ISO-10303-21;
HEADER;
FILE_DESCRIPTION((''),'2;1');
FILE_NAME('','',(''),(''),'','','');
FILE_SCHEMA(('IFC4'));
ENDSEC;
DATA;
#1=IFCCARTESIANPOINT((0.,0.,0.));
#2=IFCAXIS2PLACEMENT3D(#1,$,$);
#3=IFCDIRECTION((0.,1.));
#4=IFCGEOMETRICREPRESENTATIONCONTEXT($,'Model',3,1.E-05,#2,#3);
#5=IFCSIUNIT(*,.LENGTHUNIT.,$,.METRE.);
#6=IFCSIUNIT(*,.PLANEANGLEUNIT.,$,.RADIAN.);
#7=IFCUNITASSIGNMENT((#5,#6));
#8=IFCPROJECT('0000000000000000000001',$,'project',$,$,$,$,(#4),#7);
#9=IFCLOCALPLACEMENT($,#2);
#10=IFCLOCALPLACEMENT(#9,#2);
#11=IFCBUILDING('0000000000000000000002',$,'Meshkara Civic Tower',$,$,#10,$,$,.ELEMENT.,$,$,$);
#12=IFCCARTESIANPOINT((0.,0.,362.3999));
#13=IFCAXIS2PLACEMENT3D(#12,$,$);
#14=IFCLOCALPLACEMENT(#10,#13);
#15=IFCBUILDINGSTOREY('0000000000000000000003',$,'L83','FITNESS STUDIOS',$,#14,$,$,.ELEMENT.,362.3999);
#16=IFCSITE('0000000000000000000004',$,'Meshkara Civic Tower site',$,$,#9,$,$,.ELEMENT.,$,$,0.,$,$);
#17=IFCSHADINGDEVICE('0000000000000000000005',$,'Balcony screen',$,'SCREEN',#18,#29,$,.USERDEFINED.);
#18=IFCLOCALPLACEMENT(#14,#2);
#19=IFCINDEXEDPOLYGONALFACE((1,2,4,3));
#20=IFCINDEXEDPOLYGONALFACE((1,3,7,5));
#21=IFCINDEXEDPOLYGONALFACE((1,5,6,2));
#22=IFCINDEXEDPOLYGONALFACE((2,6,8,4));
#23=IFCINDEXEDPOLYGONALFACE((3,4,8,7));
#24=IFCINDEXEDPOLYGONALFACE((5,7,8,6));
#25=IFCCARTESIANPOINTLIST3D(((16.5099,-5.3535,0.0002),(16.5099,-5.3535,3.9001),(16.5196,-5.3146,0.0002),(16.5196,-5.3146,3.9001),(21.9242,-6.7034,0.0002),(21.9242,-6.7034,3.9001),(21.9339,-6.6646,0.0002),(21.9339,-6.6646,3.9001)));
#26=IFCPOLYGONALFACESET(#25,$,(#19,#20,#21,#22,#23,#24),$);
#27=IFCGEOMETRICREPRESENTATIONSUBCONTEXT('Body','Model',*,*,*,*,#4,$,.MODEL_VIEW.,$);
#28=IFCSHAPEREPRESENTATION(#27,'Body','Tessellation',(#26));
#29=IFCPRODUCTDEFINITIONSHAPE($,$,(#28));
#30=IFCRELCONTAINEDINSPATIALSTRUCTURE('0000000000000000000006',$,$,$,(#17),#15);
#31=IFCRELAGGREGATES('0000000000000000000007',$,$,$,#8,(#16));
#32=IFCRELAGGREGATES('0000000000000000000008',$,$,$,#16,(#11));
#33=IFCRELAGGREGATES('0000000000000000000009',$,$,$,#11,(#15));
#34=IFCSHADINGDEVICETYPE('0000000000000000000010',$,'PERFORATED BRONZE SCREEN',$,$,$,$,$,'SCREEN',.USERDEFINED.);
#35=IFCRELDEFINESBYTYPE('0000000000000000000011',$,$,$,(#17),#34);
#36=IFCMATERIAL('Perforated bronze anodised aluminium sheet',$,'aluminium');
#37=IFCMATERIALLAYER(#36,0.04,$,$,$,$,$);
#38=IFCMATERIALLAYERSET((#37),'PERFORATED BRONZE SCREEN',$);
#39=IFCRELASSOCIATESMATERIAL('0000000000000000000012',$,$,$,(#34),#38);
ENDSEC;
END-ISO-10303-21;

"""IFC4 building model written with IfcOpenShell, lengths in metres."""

from ifc_helpers import new_model, si_unit, direction, frame, origin, origin_2d, place, context, subcontext, project, spatial, rectangle, extrude, material, layer, layer_set, type_object, element, save


model = new_model("IFC4")

# Units and contexts
model_context = context("Model", 3, precision=1e-05, world=origin(), true_north=direction((0.0, 1.0)))
body_context = subcontext(model_context, "Body", "Model", "MODEL_VIEW")
ifc_project = project(units=[si_unit("LENGTHUNIT", "METRE"), si_unit("PLANEANGLEUNIT", "RADIAN")], contexts=[model_context])

# Site, building, storey
site_placement = place(None, origin())
site = spatial("IfcSite", under=ifc_project, at=site_placement, Name="Meshkara Civic Tower site", CompositionType="ELEMENT", RefElevation=0.0)
building_placement = place(site_placement, origin())
building = spatial("IfcBuilding", under=site, at=building_placement, Name="Meshkara Civic Tower", CompositionType="ELEMENT")
storey_placement = place(building_placement, frame((0.0, 0.0, 362.3999)))
storey = spatial("IfcBuildingStorey", under=building, at=storey_placement, Name="L83", Description="FITNESS STUDIOS", CompositionType="ELEMENT", Elevation=362.3999)

# Shading device
ifc_material_1 = material(Name="Perforated bronze anodised aluminium sheet", Category="aluminium")
ifc_layer_1 = layer(ifc_material_1, 0.04)
ifc_layer_set_1 = layer_set([ifc_layer_1], Name="PERFORATED BRONZE SCREEN")
shading_device_type = type_object("IfcShadingDeviceType", Name="PERFORATED BRONZE SCREEN", ElementType="SCREEN", PredefinedType="USERDEFINED", material=ifc_layer_set_1)
for number, where, z_axis, x_axis, name in (
    (1, (19.2219, -6.009, 0.0002), (0.0, 0.0, 1.0), (0.970296, -0.241922, 0.0), "Balcony screen"),
):
    element("IfcShadingDevice", number, at=place(storey_placement, frame(where, z_axis=z_axis, x_axis=x_axis)), inside=storey, type_object=shading_device_type, Name=name, ObjectType="SCREEN", PredefinedType="USERDEFINED", context=body_context, shape_type="SweptSolid", body=[
        extrude(rectangle(XDim=5.5801, YDim=0.04, at=origin_2d()), origin(), (0.0, 0.0, 1.0), 3.8999),
    ])

save(model, "model.ifc")
